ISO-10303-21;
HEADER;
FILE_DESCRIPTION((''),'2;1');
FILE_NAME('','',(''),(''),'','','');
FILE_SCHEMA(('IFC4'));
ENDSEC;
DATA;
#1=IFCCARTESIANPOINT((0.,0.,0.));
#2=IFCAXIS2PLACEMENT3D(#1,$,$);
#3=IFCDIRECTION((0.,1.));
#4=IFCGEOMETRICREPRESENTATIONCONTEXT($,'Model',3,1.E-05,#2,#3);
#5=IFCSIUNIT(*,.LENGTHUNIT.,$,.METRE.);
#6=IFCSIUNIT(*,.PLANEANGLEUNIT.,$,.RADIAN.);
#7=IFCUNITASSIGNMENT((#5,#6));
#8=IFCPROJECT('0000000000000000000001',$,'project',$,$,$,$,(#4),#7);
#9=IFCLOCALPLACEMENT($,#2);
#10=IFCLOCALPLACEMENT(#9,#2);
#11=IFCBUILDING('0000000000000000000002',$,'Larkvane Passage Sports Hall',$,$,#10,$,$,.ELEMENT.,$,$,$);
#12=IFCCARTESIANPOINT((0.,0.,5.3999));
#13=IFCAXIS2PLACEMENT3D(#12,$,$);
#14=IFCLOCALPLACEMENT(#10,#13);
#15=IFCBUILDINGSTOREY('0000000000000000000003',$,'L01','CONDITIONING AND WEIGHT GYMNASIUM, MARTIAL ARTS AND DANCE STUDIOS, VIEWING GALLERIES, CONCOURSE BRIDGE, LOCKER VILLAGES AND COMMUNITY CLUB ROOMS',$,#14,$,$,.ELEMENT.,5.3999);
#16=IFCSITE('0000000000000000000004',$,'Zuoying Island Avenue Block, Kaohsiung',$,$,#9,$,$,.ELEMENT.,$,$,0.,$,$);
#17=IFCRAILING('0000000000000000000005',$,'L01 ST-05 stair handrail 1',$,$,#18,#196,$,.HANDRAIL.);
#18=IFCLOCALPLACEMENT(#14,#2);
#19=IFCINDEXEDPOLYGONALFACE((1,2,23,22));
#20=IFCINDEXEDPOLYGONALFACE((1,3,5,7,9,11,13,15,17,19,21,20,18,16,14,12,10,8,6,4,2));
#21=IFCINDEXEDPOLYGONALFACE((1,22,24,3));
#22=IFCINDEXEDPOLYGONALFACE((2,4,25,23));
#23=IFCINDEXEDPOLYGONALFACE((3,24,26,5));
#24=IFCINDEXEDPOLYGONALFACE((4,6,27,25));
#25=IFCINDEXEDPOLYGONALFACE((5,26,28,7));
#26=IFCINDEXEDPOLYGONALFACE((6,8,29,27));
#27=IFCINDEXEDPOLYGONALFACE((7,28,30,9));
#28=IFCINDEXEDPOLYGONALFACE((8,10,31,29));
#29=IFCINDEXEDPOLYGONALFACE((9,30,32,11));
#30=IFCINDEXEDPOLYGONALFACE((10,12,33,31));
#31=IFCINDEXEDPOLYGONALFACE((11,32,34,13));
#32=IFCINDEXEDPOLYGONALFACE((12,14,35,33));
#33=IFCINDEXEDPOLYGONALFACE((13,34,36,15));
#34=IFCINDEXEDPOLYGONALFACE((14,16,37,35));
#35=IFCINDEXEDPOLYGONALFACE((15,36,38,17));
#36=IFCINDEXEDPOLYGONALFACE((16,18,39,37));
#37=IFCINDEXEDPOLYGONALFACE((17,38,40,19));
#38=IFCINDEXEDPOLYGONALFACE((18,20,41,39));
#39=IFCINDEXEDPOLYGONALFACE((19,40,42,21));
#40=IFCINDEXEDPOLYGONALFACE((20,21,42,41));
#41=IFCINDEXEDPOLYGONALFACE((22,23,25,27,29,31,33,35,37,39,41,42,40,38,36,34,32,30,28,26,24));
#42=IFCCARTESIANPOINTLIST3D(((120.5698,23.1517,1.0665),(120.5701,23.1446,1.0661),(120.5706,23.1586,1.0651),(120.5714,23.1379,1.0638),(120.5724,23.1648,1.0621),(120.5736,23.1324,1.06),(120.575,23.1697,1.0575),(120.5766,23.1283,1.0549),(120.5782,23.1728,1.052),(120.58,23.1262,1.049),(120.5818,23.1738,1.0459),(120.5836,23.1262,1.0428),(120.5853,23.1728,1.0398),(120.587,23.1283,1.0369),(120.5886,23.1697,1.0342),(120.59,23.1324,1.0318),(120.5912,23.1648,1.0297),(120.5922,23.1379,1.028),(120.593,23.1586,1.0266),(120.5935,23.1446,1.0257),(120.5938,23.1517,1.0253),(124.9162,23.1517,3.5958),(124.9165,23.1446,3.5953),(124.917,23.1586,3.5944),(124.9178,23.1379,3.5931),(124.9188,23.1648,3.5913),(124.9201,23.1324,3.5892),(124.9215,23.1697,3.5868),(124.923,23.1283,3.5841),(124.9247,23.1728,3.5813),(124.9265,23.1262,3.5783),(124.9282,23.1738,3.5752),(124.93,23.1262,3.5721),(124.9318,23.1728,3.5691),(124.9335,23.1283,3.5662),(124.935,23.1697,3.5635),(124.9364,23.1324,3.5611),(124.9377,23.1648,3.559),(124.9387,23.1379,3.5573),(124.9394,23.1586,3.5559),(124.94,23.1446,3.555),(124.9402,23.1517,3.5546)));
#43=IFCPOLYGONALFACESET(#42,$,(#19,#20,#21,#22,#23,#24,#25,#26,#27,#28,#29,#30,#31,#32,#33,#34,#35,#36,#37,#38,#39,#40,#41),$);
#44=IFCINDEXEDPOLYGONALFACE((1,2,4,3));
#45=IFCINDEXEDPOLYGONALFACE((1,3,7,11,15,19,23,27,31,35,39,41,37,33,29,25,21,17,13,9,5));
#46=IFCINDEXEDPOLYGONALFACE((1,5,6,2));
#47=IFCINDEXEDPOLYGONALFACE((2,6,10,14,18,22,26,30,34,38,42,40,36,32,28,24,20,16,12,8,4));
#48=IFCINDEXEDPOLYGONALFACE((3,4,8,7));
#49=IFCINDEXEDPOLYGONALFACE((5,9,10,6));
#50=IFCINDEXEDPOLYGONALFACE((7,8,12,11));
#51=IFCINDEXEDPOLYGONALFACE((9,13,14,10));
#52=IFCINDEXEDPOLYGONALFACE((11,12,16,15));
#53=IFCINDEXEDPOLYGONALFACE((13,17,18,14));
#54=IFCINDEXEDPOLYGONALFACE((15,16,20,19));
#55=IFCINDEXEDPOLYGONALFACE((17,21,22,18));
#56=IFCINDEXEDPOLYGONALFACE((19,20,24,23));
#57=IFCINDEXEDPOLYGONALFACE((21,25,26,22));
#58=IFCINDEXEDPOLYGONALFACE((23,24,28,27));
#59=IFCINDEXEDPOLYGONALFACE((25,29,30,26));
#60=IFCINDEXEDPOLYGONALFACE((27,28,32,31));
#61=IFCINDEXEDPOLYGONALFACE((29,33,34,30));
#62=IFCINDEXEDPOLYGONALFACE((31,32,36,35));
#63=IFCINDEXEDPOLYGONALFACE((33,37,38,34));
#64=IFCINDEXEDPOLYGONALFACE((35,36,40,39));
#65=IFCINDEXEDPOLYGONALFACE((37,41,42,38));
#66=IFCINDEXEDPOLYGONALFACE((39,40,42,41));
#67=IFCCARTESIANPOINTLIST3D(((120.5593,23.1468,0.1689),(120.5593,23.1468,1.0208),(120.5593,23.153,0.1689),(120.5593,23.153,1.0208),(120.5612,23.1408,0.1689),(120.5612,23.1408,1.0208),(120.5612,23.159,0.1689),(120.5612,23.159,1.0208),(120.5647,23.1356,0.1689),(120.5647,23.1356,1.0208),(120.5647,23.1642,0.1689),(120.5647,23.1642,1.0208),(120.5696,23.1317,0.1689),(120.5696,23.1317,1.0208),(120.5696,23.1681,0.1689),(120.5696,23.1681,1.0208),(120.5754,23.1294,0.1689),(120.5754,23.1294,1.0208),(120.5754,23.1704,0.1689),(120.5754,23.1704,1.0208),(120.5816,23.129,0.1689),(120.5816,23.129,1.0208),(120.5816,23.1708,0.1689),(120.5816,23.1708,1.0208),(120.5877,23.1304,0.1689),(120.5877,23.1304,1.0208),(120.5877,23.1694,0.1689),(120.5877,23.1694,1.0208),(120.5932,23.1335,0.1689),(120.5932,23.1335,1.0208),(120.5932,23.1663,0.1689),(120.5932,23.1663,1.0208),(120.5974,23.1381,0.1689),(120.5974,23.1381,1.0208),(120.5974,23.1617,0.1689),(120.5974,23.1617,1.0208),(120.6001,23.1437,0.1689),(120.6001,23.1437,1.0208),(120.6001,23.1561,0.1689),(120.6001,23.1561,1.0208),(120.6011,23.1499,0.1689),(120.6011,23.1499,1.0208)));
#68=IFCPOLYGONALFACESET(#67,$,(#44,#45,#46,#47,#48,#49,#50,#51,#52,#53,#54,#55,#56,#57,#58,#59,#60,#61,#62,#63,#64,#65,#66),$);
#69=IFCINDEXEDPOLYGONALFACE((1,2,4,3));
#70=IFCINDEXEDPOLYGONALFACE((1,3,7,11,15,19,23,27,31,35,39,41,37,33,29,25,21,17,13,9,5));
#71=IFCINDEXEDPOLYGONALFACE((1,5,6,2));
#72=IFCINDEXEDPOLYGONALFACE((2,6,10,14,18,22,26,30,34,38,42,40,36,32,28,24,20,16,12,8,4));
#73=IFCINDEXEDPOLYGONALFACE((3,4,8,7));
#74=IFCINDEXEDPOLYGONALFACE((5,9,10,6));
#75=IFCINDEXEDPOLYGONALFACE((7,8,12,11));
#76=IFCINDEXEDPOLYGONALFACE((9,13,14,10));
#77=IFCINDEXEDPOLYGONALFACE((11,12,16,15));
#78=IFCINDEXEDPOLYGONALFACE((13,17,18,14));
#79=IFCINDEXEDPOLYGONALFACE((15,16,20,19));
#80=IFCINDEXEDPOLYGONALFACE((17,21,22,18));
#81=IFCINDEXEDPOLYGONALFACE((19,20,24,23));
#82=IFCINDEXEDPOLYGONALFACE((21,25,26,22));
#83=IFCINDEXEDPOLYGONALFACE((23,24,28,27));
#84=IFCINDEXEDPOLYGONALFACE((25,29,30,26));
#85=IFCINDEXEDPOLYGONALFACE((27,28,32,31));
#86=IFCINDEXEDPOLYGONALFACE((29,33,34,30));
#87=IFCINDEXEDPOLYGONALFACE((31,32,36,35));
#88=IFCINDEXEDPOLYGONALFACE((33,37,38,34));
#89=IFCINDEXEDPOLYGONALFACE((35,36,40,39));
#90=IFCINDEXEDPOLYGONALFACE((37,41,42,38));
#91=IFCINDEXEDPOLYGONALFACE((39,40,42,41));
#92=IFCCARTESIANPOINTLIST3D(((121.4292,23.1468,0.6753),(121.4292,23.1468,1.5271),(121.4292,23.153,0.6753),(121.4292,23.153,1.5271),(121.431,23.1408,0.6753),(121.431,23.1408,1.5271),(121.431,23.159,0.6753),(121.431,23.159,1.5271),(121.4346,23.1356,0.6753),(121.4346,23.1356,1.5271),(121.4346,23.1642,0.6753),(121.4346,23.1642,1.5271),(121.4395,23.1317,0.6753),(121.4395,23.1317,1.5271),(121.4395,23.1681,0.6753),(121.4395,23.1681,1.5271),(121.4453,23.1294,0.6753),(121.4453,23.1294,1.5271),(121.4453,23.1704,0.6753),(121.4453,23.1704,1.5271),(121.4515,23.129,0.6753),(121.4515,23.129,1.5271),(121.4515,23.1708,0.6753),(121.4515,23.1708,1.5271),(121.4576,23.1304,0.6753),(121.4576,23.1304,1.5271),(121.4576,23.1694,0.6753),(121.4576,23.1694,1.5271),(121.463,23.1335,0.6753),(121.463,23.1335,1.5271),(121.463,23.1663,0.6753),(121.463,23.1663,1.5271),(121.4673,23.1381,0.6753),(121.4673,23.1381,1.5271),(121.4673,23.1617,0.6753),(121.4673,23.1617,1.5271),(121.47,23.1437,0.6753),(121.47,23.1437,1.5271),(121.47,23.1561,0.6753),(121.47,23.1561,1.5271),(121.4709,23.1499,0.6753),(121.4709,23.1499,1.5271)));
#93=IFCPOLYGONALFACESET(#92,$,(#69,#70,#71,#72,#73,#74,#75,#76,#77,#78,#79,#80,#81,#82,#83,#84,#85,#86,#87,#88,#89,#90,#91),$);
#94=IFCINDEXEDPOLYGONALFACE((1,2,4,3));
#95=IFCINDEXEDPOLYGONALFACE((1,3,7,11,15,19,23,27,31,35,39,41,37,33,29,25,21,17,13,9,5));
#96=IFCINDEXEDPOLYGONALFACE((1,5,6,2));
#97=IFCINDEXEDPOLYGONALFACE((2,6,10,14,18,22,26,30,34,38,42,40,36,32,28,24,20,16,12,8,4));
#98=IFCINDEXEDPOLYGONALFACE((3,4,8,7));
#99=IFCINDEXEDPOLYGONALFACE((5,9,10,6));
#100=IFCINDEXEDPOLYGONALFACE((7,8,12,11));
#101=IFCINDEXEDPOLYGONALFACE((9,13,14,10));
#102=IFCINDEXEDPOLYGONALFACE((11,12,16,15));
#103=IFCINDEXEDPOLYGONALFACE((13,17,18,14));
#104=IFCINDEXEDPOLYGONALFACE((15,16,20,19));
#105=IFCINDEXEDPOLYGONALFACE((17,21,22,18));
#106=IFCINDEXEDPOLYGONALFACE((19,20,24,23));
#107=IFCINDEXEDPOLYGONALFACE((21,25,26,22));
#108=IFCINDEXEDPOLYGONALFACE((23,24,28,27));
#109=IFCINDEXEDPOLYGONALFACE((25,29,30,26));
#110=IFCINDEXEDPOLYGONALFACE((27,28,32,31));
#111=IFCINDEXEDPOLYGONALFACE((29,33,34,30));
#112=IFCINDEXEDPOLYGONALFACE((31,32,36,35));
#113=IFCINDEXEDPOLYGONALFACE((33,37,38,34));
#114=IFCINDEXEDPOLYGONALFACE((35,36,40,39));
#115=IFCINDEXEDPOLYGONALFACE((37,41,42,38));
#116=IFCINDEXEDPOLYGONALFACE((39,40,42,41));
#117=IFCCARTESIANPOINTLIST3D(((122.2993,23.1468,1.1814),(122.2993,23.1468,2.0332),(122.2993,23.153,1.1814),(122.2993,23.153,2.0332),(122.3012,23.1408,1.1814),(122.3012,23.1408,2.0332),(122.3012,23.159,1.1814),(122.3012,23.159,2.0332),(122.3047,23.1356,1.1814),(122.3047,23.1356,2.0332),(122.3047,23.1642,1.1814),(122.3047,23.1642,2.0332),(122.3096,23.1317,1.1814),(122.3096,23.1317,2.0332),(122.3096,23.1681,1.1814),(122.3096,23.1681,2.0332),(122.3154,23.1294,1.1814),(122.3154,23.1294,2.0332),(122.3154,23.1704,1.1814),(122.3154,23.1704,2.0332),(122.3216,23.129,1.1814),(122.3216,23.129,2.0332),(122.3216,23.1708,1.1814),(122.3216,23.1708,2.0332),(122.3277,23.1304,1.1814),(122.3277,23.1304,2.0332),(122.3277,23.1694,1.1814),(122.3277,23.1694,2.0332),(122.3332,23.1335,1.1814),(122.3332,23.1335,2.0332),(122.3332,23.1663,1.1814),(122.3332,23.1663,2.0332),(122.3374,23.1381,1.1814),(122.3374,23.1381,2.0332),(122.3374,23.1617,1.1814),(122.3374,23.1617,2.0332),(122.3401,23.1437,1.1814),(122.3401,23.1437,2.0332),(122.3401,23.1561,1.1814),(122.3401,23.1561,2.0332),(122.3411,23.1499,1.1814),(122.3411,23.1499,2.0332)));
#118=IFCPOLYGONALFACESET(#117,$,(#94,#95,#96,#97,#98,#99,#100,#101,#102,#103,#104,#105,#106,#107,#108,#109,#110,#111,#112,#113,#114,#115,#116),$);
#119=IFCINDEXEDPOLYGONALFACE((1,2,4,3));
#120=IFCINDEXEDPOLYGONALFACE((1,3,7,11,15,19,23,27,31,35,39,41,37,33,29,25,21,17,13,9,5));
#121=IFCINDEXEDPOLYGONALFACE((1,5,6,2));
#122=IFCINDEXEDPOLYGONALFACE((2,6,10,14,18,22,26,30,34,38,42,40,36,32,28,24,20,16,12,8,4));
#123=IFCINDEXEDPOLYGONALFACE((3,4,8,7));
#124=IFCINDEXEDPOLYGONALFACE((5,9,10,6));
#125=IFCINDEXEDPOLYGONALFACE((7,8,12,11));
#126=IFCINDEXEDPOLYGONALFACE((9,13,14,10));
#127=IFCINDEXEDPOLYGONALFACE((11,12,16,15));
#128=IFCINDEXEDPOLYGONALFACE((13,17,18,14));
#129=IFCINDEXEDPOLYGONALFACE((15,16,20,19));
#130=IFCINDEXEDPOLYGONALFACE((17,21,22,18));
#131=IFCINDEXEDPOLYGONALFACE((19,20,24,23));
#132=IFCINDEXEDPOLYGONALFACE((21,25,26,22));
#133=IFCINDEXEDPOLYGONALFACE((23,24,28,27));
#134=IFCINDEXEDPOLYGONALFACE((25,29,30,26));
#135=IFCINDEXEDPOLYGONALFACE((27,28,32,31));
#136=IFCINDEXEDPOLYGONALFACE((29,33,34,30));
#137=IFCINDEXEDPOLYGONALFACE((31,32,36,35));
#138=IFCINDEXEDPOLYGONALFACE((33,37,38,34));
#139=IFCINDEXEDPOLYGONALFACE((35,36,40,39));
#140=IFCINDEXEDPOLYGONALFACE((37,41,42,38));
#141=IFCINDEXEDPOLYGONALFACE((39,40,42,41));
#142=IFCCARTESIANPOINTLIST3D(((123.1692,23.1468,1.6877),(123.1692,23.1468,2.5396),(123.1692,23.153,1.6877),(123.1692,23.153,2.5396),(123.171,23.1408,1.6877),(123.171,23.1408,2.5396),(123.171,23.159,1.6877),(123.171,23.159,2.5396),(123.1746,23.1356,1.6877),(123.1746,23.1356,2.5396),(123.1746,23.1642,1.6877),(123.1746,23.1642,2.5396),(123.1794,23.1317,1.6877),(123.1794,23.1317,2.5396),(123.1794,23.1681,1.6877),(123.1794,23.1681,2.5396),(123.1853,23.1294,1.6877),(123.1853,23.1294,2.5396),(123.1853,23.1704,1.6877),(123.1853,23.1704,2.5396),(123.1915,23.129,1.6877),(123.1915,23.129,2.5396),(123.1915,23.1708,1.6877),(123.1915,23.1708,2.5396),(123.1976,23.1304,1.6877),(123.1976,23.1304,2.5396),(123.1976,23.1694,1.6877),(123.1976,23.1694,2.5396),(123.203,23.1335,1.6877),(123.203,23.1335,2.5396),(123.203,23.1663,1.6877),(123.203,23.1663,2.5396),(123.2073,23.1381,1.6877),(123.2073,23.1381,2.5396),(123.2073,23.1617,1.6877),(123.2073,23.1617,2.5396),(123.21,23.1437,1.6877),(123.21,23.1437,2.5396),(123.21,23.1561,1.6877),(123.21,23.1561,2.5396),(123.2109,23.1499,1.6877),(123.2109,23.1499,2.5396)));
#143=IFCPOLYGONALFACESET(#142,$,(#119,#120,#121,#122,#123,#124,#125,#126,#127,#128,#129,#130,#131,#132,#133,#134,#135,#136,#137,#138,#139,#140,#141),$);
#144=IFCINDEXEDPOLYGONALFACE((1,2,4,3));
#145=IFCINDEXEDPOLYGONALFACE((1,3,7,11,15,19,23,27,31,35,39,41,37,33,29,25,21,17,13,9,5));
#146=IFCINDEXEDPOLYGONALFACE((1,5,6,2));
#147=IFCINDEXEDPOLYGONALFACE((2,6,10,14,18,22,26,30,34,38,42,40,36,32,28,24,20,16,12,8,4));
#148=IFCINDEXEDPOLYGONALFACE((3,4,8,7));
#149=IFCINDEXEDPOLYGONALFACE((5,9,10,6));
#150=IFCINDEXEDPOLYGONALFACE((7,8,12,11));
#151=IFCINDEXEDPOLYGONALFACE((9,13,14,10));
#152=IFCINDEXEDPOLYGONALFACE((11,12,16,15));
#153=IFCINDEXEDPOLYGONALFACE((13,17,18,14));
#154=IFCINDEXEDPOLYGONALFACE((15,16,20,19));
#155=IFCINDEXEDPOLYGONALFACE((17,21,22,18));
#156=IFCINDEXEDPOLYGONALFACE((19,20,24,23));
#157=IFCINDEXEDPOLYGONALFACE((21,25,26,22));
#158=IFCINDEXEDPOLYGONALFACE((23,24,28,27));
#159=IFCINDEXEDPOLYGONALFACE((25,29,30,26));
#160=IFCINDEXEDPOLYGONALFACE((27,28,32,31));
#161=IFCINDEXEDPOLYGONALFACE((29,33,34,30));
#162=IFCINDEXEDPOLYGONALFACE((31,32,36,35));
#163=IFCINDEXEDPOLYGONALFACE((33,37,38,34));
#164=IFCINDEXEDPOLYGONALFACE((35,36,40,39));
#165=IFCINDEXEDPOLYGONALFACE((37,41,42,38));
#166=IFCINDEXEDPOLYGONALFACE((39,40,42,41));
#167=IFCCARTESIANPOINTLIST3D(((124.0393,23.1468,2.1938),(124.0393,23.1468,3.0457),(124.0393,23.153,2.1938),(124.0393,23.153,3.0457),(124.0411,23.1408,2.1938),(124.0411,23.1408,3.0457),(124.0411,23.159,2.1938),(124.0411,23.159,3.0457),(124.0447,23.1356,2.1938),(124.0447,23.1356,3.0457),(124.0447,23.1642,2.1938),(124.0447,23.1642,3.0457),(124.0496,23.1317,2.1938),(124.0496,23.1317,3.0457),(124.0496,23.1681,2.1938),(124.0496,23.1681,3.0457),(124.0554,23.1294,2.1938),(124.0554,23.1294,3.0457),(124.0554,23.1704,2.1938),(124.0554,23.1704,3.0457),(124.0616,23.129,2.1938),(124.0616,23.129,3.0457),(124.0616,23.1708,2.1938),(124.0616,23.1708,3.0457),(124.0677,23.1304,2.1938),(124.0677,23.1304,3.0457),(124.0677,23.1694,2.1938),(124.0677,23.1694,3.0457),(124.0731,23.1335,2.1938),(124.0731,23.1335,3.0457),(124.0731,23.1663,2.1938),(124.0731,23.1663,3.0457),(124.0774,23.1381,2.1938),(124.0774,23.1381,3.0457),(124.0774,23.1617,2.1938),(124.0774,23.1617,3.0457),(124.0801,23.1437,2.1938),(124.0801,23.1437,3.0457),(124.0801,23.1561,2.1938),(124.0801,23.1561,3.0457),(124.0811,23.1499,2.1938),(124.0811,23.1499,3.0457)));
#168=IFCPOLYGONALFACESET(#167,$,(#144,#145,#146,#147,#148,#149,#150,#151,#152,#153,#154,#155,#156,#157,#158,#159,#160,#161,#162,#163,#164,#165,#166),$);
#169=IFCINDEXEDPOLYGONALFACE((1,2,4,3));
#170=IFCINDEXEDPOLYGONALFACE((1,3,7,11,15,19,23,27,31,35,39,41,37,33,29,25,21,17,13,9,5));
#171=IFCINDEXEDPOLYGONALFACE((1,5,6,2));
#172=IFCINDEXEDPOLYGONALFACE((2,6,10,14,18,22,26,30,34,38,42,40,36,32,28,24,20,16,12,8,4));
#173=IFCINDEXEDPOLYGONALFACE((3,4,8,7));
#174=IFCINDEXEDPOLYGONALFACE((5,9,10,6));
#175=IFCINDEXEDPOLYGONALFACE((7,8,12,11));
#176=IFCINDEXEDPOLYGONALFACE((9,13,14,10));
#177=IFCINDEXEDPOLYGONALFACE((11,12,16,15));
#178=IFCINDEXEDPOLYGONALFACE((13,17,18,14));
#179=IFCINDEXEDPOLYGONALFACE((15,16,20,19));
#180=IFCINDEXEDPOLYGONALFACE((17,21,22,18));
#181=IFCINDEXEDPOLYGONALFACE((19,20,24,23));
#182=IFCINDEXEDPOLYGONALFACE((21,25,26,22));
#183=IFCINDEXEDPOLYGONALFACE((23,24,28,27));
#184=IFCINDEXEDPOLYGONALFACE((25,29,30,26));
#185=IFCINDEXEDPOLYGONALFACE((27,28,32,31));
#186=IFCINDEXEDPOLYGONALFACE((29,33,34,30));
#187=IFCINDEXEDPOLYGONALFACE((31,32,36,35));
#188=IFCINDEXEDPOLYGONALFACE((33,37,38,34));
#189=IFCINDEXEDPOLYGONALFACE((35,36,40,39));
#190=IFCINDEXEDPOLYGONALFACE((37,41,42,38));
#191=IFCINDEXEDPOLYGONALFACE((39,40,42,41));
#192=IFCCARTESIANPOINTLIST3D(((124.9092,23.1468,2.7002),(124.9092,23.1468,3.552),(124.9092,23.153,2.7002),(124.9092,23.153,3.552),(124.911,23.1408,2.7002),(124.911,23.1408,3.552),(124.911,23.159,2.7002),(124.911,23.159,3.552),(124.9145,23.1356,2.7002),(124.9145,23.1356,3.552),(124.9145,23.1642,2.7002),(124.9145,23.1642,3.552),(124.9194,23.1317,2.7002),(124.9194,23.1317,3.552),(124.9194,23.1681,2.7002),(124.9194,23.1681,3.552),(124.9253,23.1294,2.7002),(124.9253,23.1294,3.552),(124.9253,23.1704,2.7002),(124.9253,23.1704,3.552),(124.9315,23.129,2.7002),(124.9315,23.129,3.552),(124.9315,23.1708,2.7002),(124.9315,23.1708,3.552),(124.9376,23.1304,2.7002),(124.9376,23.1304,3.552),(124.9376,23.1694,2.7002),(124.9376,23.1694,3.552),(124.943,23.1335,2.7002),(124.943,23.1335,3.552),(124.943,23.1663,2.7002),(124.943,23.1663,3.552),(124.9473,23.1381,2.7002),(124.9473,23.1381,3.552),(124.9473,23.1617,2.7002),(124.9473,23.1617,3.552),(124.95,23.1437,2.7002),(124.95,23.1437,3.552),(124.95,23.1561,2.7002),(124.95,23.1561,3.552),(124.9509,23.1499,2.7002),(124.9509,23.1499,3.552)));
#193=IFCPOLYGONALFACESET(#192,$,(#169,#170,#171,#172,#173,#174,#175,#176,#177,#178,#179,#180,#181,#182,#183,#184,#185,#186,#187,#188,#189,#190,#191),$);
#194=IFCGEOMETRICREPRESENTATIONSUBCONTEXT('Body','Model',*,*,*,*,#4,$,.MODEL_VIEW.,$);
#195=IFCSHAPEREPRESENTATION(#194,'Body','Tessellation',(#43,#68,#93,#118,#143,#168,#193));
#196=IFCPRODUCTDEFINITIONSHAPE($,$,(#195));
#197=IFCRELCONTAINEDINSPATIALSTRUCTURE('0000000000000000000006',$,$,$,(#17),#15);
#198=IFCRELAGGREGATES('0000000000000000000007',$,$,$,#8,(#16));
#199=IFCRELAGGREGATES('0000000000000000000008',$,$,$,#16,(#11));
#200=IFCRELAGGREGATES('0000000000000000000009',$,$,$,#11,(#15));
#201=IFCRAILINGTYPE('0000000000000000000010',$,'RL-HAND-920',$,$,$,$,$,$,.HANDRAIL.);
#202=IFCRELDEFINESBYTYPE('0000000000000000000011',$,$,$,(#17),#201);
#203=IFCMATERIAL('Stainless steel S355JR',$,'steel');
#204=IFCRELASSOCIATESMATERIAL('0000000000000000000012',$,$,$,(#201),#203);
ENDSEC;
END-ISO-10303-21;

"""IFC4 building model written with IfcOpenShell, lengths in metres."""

from ifc_helpers import new_model, si_unit, direction, frame, origin, origin_2d, place, context, subcontext, project, spatial, circle, extrude, material, type_object, element, save


model = new_model("IFC4")

# Units and contexts
model_context = context("Model", 3, precision=1e-05, world=origin(), true_north=direction((0.0, 1.0)))
body_context = subcontext(model_context, "Body", "Model", "MODEL_VIEW")
ifc_project = project(units=[si_unit("LENGTHUNIT", "METRE"), si_unit("PLANEANGLEUNIT", "RADIAN")], contexts=[model_context])

# Site, building, storey
site_placement = place(None, origin())
site = spatial("IfcSite", under=ifc_project, at=site_placement, Name="Zuoying Island Avenue Block, Kaohsiung", CompositionType="ELEMENT", RefElevation=0.0)
building_placement = place(site_placement, origin())
building = spatial("IfcBuilding", under=site, at=building_placement, Name="Larkvane Passage Sports Hall", CompositionType="ELEMENT")
storey_placement = place(building_placement, frame((0.0, 0.0, 5.3999)))
storey = spatial("IfcBuildingStorey", under=building, at=storey_placement, Name="L01", Description="CONDITIONING AND WEIGHT GYMNASIUM, MARTIAL ARTS AND DANCE STUDIOS, VIEWING GALLERIES, CONCOURSE BRIDGE, LOCKER VILLAGES AND COMMUNITY CLUB ROOMS", CompositionType="ELEMENT", Elevation=5.3999)

# Railing
ifc_material_1 = material(Name="Stainless steel S355JR", Category="steel")
railing_type_1 = type_object("IfcRailingType", Name="RL-HAND-920", PredefinedType="HANDRAIL", material=ifc_material_1)
railing_1_placement = place(storey_placement, frame((120.5801, 23.1499, 0.1689)))
element("IfcRailing", 1, at=railing_1_placement, inside=storey, type_object=railing_type_1, Name="L01 ST-05 stair handrail 1", PredefinedType="HANDRAIL", context=body_context, shape_type="SweptSolid", body=[
    extrude(circle(Radius=0.0239, at=origin_2d()), frame((0.0017, 0.0, 0.877), z_axis=(0.864312, 0.0, 0.502957), x_axis=(0.0, 1.0, 0.0)), (0.0, 0.0, 1.0), 5.0288),
    extrude(circle(Radius=0.021, at=origin_2d()), origin(), (0.0, 0.0, 1.0), 0.8518),
    extrude(circle(Radius=0.021, at=origin_2d()), frame((0.8699, 0.0, 0.5063)), (0.0, 0.0, 1.0), 0.8518),
    extrude(circle(Radius=0.021, at=origin_2d()), frame((1.74, 0.0, 1.0125)), (0.0, 0.0, 1.0), 0.8518),
    extrude(circle(Radius=0.021, at=origin_2d()), frame((2.6099, 0.0, 1.5188)), (0.0, 0.0, 1.0), 0.8518),
    extrude(circle(Radius=0.021, at=origin_2d()), frame((3.48, 0.0, 2.0249)), (0.0, 0.0, 1.0), 0.8518),
    extrude(circle(Radius=0.021, at=origin_2d()), frame((4.3499, 0.0, 2.5312)), (0.0, 0.0, 1.0), 0.8518),
])

save(model, "model.ifc")
